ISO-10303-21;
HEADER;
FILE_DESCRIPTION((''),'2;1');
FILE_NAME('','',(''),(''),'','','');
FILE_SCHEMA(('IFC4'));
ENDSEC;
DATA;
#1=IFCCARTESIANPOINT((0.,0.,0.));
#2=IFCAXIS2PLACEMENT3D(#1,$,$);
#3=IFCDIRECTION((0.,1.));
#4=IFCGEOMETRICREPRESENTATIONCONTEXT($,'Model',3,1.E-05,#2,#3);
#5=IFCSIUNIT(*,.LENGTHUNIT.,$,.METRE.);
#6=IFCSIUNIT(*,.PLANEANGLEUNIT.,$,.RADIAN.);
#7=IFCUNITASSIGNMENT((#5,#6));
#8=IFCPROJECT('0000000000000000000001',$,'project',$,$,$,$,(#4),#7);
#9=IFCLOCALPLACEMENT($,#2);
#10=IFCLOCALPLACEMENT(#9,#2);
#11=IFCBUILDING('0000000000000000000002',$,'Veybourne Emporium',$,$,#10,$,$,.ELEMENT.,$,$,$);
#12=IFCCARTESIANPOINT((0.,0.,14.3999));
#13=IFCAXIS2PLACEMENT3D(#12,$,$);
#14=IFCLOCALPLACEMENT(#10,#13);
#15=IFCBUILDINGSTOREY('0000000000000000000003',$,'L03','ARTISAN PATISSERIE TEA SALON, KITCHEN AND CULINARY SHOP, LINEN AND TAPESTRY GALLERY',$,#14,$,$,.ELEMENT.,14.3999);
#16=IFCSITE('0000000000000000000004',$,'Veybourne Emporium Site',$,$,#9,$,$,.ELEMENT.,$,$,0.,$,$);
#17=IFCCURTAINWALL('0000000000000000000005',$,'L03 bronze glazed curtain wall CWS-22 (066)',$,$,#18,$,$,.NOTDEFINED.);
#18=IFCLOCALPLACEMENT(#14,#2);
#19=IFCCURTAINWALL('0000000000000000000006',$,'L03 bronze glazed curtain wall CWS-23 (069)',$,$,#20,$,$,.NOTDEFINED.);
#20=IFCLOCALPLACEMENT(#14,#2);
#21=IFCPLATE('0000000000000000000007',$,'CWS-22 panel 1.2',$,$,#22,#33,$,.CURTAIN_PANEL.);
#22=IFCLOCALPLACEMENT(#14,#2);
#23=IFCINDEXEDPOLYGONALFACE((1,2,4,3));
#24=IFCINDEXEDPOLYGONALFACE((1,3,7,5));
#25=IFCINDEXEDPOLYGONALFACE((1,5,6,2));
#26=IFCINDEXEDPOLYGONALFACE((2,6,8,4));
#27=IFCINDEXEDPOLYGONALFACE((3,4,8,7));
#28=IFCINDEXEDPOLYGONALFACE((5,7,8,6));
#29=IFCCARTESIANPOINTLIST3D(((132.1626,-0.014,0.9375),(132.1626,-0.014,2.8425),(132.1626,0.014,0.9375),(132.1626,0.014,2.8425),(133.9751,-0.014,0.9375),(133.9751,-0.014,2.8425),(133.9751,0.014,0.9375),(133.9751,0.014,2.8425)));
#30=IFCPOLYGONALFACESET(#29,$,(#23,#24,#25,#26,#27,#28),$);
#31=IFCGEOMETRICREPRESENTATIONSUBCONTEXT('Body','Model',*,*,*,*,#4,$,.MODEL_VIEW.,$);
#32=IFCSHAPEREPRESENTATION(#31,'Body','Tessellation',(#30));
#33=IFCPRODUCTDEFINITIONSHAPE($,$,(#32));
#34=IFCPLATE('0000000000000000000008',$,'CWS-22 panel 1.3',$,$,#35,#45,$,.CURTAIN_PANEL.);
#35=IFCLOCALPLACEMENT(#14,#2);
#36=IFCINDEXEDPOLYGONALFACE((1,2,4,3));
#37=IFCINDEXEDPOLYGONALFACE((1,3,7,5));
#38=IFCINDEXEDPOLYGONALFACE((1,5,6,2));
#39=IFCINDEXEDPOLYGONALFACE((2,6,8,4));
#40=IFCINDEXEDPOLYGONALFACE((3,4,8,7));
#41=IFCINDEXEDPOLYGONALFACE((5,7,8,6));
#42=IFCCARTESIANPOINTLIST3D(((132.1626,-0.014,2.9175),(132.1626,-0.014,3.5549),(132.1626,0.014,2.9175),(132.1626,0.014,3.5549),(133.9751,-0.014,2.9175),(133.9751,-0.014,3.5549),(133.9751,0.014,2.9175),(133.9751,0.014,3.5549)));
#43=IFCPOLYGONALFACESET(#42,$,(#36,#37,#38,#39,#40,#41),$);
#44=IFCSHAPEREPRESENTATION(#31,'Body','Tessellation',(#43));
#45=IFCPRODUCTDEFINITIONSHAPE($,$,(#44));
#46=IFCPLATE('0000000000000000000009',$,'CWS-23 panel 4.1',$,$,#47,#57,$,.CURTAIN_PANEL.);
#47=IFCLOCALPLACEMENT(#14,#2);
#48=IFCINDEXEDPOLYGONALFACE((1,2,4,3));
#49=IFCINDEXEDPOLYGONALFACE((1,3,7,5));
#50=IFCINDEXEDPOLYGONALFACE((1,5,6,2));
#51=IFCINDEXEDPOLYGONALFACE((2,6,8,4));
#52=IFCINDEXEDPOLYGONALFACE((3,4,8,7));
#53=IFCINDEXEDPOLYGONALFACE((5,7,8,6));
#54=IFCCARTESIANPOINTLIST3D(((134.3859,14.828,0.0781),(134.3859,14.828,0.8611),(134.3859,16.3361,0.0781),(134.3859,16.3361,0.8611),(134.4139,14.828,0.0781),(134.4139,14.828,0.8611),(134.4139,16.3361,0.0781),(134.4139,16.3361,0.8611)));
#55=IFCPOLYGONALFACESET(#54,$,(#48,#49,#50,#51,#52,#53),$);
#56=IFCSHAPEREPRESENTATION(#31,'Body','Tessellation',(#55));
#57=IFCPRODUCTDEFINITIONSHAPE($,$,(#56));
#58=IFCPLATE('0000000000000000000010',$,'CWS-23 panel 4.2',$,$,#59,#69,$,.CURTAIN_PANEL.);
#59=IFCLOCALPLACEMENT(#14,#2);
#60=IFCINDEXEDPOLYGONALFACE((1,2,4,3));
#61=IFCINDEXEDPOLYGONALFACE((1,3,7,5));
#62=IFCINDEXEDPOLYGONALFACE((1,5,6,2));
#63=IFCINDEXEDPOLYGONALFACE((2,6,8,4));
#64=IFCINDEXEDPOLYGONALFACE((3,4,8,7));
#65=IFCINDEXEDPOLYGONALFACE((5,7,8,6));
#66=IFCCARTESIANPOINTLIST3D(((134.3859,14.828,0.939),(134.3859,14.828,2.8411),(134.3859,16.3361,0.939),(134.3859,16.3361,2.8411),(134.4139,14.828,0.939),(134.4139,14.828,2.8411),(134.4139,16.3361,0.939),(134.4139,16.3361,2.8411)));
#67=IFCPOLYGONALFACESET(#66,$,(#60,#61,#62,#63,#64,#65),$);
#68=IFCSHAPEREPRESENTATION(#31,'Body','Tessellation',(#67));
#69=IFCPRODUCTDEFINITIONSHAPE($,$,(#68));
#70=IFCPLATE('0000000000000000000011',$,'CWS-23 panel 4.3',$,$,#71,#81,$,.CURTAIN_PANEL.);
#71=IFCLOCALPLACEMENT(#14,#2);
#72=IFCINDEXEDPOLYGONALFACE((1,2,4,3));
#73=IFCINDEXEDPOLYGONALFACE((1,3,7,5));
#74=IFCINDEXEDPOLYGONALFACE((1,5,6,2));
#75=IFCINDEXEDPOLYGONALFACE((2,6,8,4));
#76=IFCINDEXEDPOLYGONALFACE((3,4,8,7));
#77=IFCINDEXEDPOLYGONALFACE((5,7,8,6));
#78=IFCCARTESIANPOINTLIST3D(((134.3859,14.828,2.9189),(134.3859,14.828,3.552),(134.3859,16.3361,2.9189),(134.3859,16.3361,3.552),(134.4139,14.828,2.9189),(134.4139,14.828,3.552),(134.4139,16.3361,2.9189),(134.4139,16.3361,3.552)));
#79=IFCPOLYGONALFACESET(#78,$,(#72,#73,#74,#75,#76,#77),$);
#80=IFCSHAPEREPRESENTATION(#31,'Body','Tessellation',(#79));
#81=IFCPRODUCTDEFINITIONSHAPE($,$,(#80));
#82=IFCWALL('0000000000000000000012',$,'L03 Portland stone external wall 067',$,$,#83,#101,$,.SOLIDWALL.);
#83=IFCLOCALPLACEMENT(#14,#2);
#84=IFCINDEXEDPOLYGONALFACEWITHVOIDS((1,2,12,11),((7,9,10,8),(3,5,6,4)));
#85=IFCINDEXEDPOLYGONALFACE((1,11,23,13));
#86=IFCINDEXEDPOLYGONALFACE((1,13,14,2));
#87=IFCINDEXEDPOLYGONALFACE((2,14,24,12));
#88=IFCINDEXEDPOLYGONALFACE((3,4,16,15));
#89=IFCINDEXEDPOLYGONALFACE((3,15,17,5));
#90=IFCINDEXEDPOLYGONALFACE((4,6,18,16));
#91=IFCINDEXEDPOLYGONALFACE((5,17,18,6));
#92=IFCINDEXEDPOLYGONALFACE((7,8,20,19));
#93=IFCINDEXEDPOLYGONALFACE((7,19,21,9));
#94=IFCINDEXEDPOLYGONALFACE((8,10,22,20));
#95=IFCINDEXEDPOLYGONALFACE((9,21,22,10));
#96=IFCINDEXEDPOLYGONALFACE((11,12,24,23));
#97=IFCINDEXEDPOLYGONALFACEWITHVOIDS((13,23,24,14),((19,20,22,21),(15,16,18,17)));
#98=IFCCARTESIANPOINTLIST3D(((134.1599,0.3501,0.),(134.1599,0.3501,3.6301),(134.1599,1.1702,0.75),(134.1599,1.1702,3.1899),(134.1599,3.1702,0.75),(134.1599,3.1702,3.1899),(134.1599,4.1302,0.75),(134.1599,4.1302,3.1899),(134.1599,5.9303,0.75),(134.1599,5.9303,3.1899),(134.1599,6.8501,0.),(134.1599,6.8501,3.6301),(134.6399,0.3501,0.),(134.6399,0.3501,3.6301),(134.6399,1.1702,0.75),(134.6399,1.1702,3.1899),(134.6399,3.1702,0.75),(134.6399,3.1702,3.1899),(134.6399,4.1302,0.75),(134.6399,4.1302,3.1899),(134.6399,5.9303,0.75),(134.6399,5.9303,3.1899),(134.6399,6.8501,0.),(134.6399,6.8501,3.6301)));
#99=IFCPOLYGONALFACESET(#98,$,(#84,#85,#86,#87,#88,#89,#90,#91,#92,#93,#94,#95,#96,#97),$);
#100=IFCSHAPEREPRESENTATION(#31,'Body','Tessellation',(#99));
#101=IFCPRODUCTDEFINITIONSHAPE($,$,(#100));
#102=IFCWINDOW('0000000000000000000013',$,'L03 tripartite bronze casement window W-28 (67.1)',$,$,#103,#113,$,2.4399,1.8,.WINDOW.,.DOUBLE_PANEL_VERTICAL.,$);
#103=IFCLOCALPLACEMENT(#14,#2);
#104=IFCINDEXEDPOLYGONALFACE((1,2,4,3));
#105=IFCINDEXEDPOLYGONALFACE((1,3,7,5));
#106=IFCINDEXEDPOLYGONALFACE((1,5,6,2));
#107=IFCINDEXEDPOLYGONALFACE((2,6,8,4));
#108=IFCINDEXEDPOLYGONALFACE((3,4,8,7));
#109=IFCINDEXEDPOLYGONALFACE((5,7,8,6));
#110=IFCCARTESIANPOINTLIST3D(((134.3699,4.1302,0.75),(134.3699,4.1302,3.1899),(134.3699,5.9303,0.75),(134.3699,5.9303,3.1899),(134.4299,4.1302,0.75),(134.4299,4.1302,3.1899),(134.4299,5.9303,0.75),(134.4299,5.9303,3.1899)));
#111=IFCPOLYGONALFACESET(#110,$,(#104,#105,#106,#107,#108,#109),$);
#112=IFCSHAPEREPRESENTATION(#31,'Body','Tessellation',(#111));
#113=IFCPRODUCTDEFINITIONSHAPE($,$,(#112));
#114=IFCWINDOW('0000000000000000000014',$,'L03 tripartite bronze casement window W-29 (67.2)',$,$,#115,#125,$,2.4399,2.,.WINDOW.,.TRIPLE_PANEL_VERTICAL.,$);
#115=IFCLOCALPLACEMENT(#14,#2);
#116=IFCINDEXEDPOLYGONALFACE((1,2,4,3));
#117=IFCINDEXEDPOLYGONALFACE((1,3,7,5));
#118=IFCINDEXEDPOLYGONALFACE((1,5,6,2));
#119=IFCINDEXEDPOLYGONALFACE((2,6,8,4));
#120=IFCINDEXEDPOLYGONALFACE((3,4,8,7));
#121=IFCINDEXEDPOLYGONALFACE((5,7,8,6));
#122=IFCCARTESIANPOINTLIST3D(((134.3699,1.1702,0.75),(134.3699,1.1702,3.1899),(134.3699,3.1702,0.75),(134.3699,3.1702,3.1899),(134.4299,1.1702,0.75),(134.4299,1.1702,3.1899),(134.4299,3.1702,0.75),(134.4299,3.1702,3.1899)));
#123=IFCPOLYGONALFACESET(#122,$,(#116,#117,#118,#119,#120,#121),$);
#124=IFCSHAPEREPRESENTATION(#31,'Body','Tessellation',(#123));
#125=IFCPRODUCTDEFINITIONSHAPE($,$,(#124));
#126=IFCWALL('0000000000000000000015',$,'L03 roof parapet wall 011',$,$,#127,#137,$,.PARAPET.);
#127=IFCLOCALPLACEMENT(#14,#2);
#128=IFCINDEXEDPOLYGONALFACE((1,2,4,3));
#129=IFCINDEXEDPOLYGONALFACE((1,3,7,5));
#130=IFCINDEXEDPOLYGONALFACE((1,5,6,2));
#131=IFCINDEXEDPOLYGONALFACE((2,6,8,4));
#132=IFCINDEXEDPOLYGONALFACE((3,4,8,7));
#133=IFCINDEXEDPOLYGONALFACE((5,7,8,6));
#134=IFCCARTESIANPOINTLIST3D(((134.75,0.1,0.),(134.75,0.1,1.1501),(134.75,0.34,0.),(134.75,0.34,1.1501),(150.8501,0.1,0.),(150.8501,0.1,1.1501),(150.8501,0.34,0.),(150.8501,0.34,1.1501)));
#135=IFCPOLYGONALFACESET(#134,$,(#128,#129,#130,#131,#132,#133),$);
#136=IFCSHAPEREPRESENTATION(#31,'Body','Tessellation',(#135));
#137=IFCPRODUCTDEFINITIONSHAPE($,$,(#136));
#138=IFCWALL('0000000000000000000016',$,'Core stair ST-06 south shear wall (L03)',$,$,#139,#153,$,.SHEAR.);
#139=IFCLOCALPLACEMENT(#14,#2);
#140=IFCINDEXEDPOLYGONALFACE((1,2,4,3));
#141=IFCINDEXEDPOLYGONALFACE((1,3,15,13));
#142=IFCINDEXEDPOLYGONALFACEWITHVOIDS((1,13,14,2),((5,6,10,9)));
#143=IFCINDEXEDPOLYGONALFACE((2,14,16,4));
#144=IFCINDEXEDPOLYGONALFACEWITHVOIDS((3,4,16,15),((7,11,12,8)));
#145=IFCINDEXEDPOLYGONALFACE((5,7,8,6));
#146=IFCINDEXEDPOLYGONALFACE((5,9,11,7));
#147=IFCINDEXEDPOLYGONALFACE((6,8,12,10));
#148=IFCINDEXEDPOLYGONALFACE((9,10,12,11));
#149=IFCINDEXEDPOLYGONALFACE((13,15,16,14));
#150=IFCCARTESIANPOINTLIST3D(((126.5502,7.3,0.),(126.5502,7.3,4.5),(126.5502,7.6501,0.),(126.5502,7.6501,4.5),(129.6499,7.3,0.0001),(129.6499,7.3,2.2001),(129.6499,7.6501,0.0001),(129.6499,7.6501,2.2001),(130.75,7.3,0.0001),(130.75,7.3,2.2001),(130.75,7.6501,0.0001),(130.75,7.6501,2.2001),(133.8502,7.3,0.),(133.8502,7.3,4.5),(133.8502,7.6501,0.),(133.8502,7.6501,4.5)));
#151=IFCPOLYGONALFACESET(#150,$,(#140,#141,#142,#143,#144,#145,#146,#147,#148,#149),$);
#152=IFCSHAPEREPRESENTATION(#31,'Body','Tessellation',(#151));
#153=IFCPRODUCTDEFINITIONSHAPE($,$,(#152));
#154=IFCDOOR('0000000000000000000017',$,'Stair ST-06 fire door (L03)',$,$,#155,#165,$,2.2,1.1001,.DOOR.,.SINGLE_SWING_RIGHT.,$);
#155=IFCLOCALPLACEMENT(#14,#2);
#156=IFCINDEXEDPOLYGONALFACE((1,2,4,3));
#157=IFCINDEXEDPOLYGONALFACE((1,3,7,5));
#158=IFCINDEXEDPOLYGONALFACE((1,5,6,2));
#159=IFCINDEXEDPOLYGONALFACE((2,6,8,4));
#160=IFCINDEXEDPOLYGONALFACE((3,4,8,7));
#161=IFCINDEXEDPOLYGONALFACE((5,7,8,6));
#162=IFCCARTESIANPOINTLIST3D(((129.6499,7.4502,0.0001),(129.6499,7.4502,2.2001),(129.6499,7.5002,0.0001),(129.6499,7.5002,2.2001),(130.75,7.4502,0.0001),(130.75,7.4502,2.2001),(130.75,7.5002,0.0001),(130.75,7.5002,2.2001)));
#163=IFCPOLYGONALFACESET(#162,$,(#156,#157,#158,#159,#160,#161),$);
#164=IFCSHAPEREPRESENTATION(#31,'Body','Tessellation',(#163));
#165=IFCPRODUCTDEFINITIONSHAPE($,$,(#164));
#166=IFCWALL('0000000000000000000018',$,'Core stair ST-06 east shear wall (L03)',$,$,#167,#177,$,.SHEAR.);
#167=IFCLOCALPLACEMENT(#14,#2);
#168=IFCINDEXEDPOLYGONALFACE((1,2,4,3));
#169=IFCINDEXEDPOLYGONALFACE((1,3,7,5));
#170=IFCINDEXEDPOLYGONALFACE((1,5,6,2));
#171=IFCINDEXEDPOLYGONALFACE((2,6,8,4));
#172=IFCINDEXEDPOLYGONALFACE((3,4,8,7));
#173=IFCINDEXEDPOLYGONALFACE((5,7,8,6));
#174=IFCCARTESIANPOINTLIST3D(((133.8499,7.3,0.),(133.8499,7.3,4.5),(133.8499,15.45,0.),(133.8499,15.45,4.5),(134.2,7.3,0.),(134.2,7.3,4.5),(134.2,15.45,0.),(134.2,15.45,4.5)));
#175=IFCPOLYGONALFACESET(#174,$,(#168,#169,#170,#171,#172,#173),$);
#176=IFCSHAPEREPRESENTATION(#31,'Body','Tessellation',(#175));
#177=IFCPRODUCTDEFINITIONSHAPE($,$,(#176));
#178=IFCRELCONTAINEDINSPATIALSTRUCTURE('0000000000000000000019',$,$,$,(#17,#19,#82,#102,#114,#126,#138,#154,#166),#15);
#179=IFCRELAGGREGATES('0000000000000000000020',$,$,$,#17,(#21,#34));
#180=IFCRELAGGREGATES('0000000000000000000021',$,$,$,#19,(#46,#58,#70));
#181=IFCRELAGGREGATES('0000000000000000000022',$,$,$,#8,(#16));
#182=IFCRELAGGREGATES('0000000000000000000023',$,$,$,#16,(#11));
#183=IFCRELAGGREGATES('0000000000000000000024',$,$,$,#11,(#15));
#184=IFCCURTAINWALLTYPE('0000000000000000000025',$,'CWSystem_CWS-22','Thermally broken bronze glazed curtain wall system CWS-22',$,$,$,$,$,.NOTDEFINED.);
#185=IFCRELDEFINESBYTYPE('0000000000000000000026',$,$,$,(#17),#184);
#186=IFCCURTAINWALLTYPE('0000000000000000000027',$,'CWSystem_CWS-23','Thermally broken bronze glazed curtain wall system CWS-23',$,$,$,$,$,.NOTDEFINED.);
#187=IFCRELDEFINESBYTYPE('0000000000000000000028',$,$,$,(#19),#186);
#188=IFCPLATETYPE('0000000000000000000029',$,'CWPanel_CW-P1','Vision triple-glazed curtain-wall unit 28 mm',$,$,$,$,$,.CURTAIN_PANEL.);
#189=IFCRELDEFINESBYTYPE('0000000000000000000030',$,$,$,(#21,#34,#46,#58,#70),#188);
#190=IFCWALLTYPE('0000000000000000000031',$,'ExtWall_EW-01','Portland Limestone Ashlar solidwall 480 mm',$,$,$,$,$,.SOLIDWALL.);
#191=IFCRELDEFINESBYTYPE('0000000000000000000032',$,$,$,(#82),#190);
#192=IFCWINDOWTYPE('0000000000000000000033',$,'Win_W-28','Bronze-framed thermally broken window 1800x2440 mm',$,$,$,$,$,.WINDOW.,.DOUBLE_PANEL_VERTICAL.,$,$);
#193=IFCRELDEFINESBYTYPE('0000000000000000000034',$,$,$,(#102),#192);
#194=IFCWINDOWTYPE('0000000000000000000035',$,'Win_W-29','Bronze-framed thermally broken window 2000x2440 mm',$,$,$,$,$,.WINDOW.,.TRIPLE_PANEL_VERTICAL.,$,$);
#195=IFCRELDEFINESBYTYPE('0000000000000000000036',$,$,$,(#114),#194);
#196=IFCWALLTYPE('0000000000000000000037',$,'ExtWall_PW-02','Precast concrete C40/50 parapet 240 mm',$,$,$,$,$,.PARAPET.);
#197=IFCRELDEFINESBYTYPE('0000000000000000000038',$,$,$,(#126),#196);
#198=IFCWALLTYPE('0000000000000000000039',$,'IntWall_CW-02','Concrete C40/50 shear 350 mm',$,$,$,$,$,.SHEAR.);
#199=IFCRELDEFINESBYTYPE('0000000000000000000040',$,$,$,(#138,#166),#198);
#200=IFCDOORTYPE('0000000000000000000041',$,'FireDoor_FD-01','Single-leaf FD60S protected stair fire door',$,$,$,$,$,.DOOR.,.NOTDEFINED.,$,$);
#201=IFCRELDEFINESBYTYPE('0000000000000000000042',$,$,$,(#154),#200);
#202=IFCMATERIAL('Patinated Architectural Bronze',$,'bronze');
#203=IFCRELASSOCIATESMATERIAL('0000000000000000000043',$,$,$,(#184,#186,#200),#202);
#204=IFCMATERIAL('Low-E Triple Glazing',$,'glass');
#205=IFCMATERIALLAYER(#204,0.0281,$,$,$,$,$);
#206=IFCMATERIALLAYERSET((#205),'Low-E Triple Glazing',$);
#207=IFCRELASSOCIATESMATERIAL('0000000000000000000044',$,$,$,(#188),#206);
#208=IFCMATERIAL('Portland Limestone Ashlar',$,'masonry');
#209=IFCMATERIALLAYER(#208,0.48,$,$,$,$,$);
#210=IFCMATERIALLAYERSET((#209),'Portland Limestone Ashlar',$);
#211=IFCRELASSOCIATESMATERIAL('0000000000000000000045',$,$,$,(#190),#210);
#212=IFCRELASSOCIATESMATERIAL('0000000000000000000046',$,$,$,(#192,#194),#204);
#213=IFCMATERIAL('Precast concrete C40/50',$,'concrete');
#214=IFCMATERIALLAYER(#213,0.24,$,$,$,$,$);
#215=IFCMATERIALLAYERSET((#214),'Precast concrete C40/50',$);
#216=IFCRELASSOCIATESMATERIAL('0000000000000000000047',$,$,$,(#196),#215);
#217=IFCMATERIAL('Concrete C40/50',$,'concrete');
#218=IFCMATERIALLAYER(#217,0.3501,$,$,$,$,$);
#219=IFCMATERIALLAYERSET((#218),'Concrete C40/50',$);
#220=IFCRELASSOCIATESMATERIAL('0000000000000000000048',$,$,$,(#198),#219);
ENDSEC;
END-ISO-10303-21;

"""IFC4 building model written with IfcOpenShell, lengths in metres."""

from ifc_helpers import new_model, si_unit, direction, frame, frame_2d, origin, origin_2d, place, context, subcontext, project, spatial, rectangle, extrude, material, layer, layer_set, type_object, element, fill, aggregate, save


model = new_model("IFC4")

# Units and contexts
model_context = context("Model", 3, precision=1e-05, world=origin(), true_north=direction((0.0, 1.0)))
body_context = subcontext(model_context, "Body", "Model", "MODEL_VIEW")
ifc_project = project(units=[si_unit("LENGTHUNIT", "METRE"), si_unit("PLANEANGLEUNIT", "RADIAN")], contexts=[model_context])

# Site, building, storey
site_placement = place(None, origin())
site = spatial("IfcSite", under=ifc_project, at=site_placement, Name="Veybourne Emporium Site", CompositionType="ELEMENT", RefElevation=0.0)
building_placement = place(site_placement, origin())
building = spatial("IfcBuilding", under=site, at=building_placement, Name="Veybourne Emporium", CompositionType="ELEMENT")
storey_placement = place(building_placement, frame((0.0, 0.0, 14.3999)))
storey = spatial("IfcBuildingStorey", under=building, at=storey_placement, Name="L03", Description="ARTISAN PATISSERIE TEA SALON, KITCHEN AND CULINARY SHOP, LINEN AND TAPESTRY GALLERY", CompositionType="ELEMENT", Elevation=14.3999)

# Shared definitions
ifc_material_1 = material(Name="Concrete C40/50", Category="concrete")

# Curtain wall
ifc_material_2 = material(Name="Patinated Architectural Bronze", Category="bronze")
curtain_wall_type_1 = type_object("IfcCurtainWallType", Name="CWSystem_CWS-22", Description="Thermally broken bronze glazed curtain wall system CWS-22", PredefinedType="NOTDEFINED", material=ifc_material_2)
curtain_wall_1_placement = place(storey_placement, origin())
curtain_wall_1 = element("IfcCurtainWall", 1, at=curtain_wall_1_placement, inside=storey, type_object=curtain_wall_type_1, Name="L03 bronze glazed curtain wall CWS-22 (066)", PredefinedType="NOTDEFINED")

# Curtain wall
curtain_wall_type_2 = type_object("IfcCurtainWallType", Name="CWSystem_CWS-23", Description="Thermally broken bronze glazed curtain wall system CWS-23", PredefinedType="NOTDEFINED", material=ifc_material_2)
curtain_wall_2_placement = place(storey_placement, origin())
curtain_wall_2 = element("IfcCurtainWall", 2, at=curtain_wall_2_placement, inside=storey, type_object=curtain_wall_type_2, Name="L03 bronze glazed curtain wall CWS-23 (069)", PredefinedType="NOTDEFINED")

# Plates
ifc_material_3 = material(Name="Low-E Triple Glazing", Category="glass")
ifc_layer_1 = layer(ifc_material_3, 0.0281)
ifc_layer_set_1 = layer_set([ifc_layer_1], Name="Low-E Triple Glazing")
plate_type = type_object("IfcPlateType", Name="CWPanel_CW-P1", Description="Vision triple-glazed curtain-wall unit 28 mm", PredefinedType="CURTAIN_PANEL", material=ifc_layer_set_1)
plate_1_placement = place(storey_placement, frame((133.0688, 0.0, 0.9375), z_axis=(0.0, 0.0, 1.0), x_axis=(-1.0, 0.0, 0.0)))
plate_1 = element("IfcPlate", 3, at=plate_1_placement, type_object=plate_type, Name="CWS-22 panel 1.2", PredefinedType="CURTAIN_PANEL", context=body_context, shape_type="SweptSolid", body=[
    extrude(rectangle(XDim=1.8125, YDim=0.0281, at=origin_2d()), origin(), (0.0, 0.0, 1.0), 1.905),
])
plate_2_placement = place(storey_placement, frame((133.0688, 0.0, 2.9175), z_axis=(0.0, 0.0, 1.0), x_axis=(-1.0, 0.0, 0.0)))
plate_2 = element("IfcPlate", 4, at=plate_2_placement, type_object=plate_type, Name="CWS-22 panel 1.3", PredefinedType="CURTAIN_PANEL", context=body_context, shape_type="SweptSolid", body=[
    extrude(rectangle(XDim=1.8125, YDim=0.0281, at=origin_2d()), origin(), (0.0, 0.0, 1.0), 0.6375),
])
aggregate(curtain_wall_1, [plate_1, plate_2])
plate_3_placement = place(storey_placement, frame((134.3999, 15.582, 0.0781), z_axis=(0.0, 0.0, 1.0), x_axis=(0.0, -1.0, 0.0)))
plate_3 = element("IfcPlate", 5, at=plate_3_placement, type_object=plate_type, Name="CWS-23 panel 4.1", PredefinedType="CURTAIN_PANEL", context=body_context, shape_type="SweptSolid", body=[
    extrude(rectangle(XDim=1.5081, YDim=0.0281, at=origin_2d()), origin(), (0.0, 0.0, 1.0), 0.783),
])
plate_4_placement = place(storey_placement, frame((134.3999, 15.582, 0.939), z_axis=(0.0, 0.0, 1.0), x_axis=(0.0, -1.0, 0.0)))
plate_4 = element("IfcPlate", 6, at=plate_4_placement, type_object=plate_type, Name="CWS-23 panel 4.2", PredefinedType="CURTAIN_PANEL", context=body_context, shape_type="SweptSolid", body=[
    extrude(rectangle(XDim=1.5081, YDim=0.0281, at=origin_2d()), origin(), (0.0, 0.0, 1.0), 1.9021),
])
plate_5_placement = place(storey_placement, frame((134.3999, 15.582, 2.9189), z_axis=(0.0, 0.0, 1.0), x_axis=(0.0, -1.0, 0.0)))
plate_5 = element("IfcPlate", 7, at=plate_5_placement, type_object=plate_type, Name="CWS-23 panel 4.3", PredefinedType="CURTAIN_PANEL", context=body_context, shape_type="SweptSolid", body=[
    extrude(rectangle(XDim=1.5081, YDim=0.0281, at=origin_2d()), origin(), (0.0, 0.0, 1.0), 0.6331),
])
aggregate(curtain_wall_2, [plate_3, plate_4, plate_5])

# Wall, openings, windows
ifc_material_4 = material(Name="Portland Limestone Ashlar", Category="masonry")
ifc_layer_2 = layer(ifc_material_4, 0.48)
ifc_layer_set_2 = layer_set([ifc_layer_2], Name="Portland Limestone Ashlar")
wall_type_1 = type_object("IfcWallType", Name="ExtWall_EW-01", Description="Portland Limestone Ashlar solidwall 480 mm", PredefinedType="SOLIDWALL", material=ifc_layer_set_2)
wall_1_placement = place(storey_placement, frame((134.3999, 6.8501, 0.0), z_axis=(0.0, 0.0, 1.0), x_axis=(0.0, -1.0, 0.0)))
wall_1 = element("IfcWall", 8, at=wall_1_placement, inside=storey, type_object=wall_type_1, Name="L03 Portland stone external wall 067", PredefinedType="SOLIDWALL", context=body_context, shape_type="SweptSolid", body=[
    extrude(rectangle(XDim=6.5, YDim=0.48, at=frame_2d((3.25, 0.0))), origin(), (0.0, 0.0, 1.0), 3.6301),
])
opening_1_placement = place(wall_1_placement, frame((0.9199, 0.0, 0.75)))
opening_1 = element("IfcOpeningElement", 9, at=opening_1_placement, cuts=wall_1, PredefinedType="OPENING", context=body_context, shape_type="SweptSolid", body=[
    extrude(rectangle(XDim=1.8, YDim=2.4399, at=frame_2d((0.8999, 1.22))), frame((0.0, 0.26, 0.0), z_axis=(0.0, -1.0, 0.0), x_axis=(1.0, 0.0, 0.0)), (0.0, 0.0, 1.0), 0.52),
])
opening_2_placement = place(wall_1_placement, frame((3.6799, 0.0, 0.75)))
opening_2 = element("IfcOpeningElement", 10, at=opening_2_placement, cuts=wall_1, PredefinedType="OPENING", context=body_context, shape_type="SweptSolid", body=[
    extrude(rectangle(XDim=2.0, YDim=2.4399, at=frame_2d((1.0, 1.22))), frame((0.0, 0.26, 0.0), z_axis=(0.0, -1.0, 0.0), x_axis=(1.0, 0.0, 0.0)), (0.0, 0.0, 1.0), 0.52),
])
window_type_1 = type_object("IfcWindowType", Name="Win_W-28", Description="Bronze-framed thermally broken window 1800x2440 mm", PartitioningType="DOUBLE_PANEL_VERTICAL", PredefinedType="WINDOW", material=ifc_material_3)
window_1_placement = place(opening_1_placement, origin())
window_1 = element("IfcWindow", 11, at=window_1_placement, inside=storey, type_object=window_type_1, Name="L03 tripartite bronze casement window W-28 (67.1)", OverallHeight=2.4399, OverallWidth=1.8, PartitioningType="DOUBLE_PANEL_VERTICAL", PredefinedType="WINDOW", context=body_context, shape_type="SweptSolid", body=[
    extrude(rectangle(XDim=1.8, YDim=2.4399, at=frame_2d((0.8999, 1.22))), frame((0.0, 0.03, 0.0), z_axis=(0.0, -1.0, 0.0), x_axis=(1.0, 0.0, 0.0)), (0.0, 0.0, 1.0), 0.0601),
])
fill(opening_1, window_1)
window_type_2 = type_object("IfcWindowType", Name="Win_W-29", Description="Bronze-framed thermally broken window 2000x2440 mm", PartitioningType="TRIPLE_PANEL_VERTICAL", PredefinedType="WINDOW", material=ifc_material_3)
window_2_placement = place(opening_2_placement, origin())
window_2 = element("IfcWindow", 12, at=window_2_placement, inside=storey, type_object=window_type_2, Name="L03 tripartite bronze casement window W-29 (67.2)", OverallHeight=2.4399, OverallWidth=2.0, PartitioningType="TRIPLE_PANEL_VERTICAL", PredefinedType="WINDOW", context=body_context, shape_type="SweptSolid", body=[
    extrude(rectangle(XDim=2.0, YDim=2.4399, at=frame_2d((1.0, 1.22))), frame((0.0, 0.03, 0.0), z_axis=(0.0, -1.0, 0.0), x_axis=(1.0, 0.0, 0.0)), (0.0, 0.0, 1.0), 0.0601),
])
fill(opening_2, window_2)

# Wall
ifc_material_5 = material(Name="Precast concrete C40/50", Category="concrete")
ifc_layer_3 = layer(ifc_material_5, 0.24)
ifc_layer_set_3 = layer_set([ifc_layer_3], Name="Precast concrete C40/50")
wall_type_2 = type_object("IfcWallType", Name="ExtWall_PW-02", Description="Precast concrete C40/50 parapet 240 mm", PredefinedType="PARAPET", material=ifc_layer_set_3)
wall_2_placement = place(storey_placement, frame((150.8501, 0.22, 0.0), z_axis=(0.0, 0.0, 1.0), x_axis=(-1.0, 0.0, 0.0)))
element("IfcWall", 13, at=wall_2_placement, inside=storey, type_object=wall_type_2, Name="L03 roof parapet wall 011", PredefinedType="PARAPET", context=body_context, shape_type="SweptSolid", body=[
    extrude(rectangle(XDim=16.1001, YDim=0.24, at=frame_2d((8.05, 0.0))), origin(), (0.0, 0.0, 1.0), 1.1501),
])

# Wall, opening, door
ifc_layer_4 = layer(ifc_material_1, 0.3501)
ifc_layer_set_4 = layer_set([ifc_layer_4], Name="Concrete C40/50")
wall_type_3 = type_object("IfcWallType", Name="IntWall_CW-02", Description="Concrete C40/50 shear 350 mm", PredefinedType="SHEAR", material=ifc_layer_set_4)
wall_3_placement = place(storey_placement, frame((133.8501, 7.4751, 0.0), z_axis=(0.0, 0.0, 1.0), x_axis=(-1.0, 0.0, 0.0)))
wall_3 = element("IfcWall", 14, at=wall_3_placement, inside=storey, type_object=wall_type_3, Name="Core stair ST-06 south shear wall (L03)", PredefinedType="SHEAR", context=body_context, shape_type="SweptSolid", body=[
    extrude(rectangle(XDim=7.3, YDim=0.3501, at=frame_2d((3.6499, 0.0))), origin(), (0.0, 0.0, 1.0), 4.5),
])
opening_3_placement = place(wall_3_placement, frame((3.1001, 0.0, 0.0)))
opening_3 = element("IfcOpeningElement", 15, at=opening_3_placement, cuts=wall_3, PredefinedType="OPENING", context=body_context, shape_type="SweptSolid", body=[
    extrude(rectangle(XDim=1.1001, YDim=2.2, at=frame_2d((0.55, 1.1001))), frame((0.0, 0.1951, 0.0), z_axis=(0.0, -1.0, 0.0), x_axis=(1.0, 0.0, 0.0)), (0.0, 0.0, 1.0), 0.3901),
])
door_type = type_object("IfcDoorType", Name="FireDoor_FD-01", Description="Single-leaf FD60S protected stair fire door", OperationType="NOTDEFINED", PredefinedType="DOOR", material=ifc_material_2)
door_placement = place(opening_3_placement, origin())
door = element("IfcDoor", 16, at=door_placement, inside=storey, type_object=door_type, Name="Stair ST-06 fire door (L03)", OperationType="SINGLE_SWING_RIGHT", OverallHeight=2.2, OverallWidth=1.1001, PredefinedType="DOOR", context=body_context, shape_type="SweptSolid", body=[
    extrude(rectangle(XDim=1.1001, YDim=2.2, at=frame_2d((0.55, 1.1001))), frame((0.0, 0.0249, 0.0), z_axis=(0.0, -1.0, 0.0), x_axis=(1.0, 0.0, 0.0)), (0.0, 0.0, 1.0), 0.05),
])
fill(opening_3, door)

# Wall
wall_4_placement = place(storey_placement, frame((134.0249, 7.3, 0.0), z_axis=(0.0, 0.0, 1.0), x_axis=(0.0, 1.0, 0.0)))
element("IfcWall", 17, at=wall_4_placement, inside=storey, type_object=wall_type_3, Name="Core stair ST-06 east shear wall (L03)", PredefinedType="SHEAR", context=body_context, shape_type="SweptSolid", body=[
    extrude(rectangle(XDim=8.1499, YDim=0.3501, at=frame_2d((4.075, 0.0))), origin(), (0.0, 0.0, 1.0), 4.5),
])

save(model, "model.ifc")
